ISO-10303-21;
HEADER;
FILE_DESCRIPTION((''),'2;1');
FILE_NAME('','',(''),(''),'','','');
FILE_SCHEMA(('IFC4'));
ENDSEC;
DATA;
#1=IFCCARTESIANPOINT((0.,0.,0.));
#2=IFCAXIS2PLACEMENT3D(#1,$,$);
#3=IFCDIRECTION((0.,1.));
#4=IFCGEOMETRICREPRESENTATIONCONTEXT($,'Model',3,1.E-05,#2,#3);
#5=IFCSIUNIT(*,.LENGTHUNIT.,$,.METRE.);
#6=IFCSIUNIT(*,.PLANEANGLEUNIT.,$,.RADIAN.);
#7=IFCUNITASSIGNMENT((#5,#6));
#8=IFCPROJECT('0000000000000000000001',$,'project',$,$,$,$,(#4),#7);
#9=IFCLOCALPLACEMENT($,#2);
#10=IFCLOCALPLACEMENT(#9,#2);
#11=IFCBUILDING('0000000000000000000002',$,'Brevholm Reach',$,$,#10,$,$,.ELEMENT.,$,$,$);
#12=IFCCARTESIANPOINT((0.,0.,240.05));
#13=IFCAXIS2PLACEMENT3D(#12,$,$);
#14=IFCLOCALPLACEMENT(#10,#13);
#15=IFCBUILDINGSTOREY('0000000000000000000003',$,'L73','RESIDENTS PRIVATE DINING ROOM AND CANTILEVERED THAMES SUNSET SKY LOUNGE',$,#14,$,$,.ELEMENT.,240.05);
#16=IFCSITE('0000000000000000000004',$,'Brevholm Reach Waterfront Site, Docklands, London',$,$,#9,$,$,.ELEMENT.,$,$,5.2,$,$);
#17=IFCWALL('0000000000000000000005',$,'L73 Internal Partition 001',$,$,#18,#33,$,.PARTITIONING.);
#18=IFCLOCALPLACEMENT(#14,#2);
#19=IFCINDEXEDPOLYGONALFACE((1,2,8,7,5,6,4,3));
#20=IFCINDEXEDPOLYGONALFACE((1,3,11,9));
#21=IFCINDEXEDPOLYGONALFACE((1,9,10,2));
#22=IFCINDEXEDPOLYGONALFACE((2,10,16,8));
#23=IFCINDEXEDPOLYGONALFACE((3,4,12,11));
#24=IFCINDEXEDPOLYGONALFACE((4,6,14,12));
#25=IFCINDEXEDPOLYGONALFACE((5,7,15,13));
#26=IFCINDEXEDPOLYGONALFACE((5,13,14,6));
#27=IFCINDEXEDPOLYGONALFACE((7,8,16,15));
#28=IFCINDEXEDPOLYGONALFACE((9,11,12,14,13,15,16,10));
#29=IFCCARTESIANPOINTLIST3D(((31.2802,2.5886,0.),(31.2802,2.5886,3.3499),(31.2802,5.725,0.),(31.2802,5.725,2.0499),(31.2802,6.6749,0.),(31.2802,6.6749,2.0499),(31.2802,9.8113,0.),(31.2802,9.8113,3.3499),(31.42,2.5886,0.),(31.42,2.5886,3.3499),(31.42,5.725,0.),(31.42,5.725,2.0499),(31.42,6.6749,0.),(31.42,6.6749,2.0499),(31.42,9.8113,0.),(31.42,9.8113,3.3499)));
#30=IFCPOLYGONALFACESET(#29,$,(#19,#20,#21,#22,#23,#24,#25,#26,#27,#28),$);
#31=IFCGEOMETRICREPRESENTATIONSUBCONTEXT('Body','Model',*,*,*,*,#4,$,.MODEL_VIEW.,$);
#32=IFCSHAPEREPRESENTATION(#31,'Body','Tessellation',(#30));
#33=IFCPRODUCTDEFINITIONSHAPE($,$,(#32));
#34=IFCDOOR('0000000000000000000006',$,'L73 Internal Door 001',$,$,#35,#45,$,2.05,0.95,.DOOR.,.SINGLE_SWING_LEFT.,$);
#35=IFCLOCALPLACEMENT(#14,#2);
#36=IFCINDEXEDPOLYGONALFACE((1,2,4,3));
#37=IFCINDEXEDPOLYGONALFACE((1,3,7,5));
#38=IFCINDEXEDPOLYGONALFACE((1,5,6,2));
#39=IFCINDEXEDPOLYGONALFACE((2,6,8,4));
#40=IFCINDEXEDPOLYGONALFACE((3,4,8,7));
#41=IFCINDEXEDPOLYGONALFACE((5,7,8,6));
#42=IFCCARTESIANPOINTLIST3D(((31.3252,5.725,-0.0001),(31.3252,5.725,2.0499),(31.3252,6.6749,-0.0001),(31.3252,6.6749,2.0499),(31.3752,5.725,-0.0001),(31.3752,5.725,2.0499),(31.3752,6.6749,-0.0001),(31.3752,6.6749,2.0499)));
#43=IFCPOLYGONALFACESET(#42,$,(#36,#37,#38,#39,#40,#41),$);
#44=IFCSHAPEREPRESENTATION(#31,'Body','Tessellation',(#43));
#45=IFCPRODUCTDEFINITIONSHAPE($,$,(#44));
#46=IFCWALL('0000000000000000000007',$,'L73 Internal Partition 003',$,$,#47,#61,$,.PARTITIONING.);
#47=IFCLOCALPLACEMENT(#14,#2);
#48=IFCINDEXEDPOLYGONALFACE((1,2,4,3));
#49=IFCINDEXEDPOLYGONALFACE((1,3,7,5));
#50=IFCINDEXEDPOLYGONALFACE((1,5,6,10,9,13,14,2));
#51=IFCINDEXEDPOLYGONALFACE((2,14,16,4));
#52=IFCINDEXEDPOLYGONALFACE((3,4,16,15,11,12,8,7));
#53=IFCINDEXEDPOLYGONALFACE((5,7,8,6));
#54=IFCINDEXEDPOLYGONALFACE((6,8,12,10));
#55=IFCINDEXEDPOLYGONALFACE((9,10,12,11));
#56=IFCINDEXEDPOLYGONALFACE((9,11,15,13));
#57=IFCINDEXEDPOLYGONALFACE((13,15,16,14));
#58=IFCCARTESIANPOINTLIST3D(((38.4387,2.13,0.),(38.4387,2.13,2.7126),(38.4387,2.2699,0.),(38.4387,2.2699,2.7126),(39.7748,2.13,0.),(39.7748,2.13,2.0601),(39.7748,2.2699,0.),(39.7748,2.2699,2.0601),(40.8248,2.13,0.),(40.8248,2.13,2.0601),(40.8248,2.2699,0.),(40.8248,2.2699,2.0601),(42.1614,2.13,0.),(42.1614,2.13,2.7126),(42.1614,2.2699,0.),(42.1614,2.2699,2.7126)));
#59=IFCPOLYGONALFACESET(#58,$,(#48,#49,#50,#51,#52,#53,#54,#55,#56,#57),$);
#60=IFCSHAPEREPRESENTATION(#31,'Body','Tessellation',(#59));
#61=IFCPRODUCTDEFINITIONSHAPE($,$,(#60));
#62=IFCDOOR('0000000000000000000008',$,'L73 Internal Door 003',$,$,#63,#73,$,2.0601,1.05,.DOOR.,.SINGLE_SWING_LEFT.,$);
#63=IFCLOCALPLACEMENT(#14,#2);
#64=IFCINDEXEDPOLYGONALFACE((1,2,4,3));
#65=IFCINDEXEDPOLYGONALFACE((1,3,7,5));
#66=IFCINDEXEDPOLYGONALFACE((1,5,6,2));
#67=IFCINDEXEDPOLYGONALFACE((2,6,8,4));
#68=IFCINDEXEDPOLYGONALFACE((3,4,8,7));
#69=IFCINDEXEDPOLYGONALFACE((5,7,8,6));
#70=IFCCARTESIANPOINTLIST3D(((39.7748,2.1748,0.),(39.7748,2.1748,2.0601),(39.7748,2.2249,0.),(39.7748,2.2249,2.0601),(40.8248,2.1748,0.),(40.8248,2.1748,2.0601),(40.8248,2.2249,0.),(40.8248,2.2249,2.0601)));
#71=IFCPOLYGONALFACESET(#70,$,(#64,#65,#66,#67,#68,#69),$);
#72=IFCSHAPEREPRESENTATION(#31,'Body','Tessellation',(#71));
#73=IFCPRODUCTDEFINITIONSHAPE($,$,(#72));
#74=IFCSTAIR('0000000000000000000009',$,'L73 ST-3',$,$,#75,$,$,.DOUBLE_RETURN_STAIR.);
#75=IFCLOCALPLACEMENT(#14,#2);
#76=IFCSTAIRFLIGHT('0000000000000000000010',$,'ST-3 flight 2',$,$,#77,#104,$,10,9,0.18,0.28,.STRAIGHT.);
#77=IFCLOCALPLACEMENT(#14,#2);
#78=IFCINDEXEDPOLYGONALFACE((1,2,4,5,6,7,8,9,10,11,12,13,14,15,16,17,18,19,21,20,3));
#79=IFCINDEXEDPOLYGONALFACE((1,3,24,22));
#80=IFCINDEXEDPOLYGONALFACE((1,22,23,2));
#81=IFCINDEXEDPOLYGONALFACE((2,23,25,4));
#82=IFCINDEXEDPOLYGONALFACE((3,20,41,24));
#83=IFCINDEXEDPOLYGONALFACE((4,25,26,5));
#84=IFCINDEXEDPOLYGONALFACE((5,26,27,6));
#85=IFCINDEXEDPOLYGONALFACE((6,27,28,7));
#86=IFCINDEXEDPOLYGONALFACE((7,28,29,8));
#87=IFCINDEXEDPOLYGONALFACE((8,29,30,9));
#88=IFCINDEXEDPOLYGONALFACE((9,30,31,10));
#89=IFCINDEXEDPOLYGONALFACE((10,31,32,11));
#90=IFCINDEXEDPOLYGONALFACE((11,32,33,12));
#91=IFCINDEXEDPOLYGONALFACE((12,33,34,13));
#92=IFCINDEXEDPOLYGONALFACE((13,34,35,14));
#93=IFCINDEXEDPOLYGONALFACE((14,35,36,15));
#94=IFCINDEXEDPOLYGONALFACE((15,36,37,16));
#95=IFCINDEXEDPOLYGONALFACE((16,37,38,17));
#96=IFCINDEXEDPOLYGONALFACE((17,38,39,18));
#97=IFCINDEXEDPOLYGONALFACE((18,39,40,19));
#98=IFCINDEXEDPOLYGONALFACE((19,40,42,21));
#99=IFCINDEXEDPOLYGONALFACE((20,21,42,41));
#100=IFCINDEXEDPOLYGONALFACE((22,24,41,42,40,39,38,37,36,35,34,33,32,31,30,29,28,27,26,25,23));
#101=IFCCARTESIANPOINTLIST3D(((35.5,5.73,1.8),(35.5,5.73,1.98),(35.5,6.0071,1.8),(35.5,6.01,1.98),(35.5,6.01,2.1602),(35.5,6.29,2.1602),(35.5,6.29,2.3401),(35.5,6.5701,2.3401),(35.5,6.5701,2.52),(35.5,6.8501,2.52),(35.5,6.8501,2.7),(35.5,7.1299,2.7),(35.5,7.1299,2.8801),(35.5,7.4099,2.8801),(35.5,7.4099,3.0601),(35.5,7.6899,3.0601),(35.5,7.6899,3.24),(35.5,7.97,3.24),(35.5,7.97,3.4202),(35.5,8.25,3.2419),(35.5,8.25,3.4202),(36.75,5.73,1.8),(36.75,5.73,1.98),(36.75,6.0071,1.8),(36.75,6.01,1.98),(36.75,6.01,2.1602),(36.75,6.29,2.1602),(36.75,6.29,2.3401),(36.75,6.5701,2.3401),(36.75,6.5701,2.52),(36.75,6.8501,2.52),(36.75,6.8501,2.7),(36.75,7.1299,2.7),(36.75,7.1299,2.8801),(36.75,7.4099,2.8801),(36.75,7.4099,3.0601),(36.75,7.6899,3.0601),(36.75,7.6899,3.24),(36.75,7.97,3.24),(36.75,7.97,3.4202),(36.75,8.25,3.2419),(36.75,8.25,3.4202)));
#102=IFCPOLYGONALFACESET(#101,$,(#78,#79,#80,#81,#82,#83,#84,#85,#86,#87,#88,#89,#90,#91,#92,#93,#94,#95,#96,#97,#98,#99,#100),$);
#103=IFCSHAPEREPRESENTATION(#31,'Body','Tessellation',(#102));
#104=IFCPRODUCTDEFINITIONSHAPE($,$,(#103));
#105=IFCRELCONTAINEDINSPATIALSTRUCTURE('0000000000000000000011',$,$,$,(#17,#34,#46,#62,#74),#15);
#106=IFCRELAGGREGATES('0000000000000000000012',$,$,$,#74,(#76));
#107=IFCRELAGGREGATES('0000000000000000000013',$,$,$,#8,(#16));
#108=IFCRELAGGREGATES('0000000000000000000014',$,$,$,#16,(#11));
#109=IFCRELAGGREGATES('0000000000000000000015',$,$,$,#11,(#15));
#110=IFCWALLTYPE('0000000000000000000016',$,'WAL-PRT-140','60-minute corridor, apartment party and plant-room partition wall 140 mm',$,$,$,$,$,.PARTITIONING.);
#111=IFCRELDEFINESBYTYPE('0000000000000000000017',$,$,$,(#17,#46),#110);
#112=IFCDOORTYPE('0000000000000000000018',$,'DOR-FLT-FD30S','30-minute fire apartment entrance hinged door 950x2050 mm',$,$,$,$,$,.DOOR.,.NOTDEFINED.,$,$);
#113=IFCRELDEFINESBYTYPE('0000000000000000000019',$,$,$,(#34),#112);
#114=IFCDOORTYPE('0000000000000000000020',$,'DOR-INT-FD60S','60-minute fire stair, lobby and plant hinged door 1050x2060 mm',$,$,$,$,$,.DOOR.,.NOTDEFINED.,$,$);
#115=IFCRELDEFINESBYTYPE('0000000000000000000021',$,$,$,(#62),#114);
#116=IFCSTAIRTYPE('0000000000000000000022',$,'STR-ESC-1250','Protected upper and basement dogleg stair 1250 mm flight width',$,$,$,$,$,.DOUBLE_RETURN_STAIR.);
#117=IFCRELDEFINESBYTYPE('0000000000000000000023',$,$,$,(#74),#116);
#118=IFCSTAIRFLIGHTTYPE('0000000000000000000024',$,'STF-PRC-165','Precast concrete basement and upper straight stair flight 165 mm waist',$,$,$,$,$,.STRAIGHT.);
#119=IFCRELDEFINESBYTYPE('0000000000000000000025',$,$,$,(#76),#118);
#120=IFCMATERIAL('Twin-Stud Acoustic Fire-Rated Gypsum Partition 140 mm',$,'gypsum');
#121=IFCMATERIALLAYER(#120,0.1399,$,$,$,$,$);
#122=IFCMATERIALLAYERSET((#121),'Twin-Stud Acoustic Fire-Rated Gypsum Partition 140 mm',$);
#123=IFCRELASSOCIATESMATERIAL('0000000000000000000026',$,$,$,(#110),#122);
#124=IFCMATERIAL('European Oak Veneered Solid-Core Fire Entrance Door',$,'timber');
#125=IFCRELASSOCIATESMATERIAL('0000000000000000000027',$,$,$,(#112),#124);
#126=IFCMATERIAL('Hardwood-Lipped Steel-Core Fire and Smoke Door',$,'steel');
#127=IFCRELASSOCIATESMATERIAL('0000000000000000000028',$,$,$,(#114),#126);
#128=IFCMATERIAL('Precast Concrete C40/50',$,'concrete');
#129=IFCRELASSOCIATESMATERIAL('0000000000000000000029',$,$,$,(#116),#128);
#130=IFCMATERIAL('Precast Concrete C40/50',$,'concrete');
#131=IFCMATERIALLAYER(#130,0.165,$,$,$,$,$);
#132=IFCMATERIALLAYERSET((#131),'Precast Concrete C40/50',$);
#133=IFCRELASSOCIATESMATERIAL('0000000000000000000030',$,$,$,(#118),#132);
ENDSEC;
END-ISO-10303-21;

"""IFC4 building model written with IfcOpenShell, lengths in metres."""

from ifc_helpers import new_model, si_unit, direction, frame, frame_2d, origin, place, context, subcontext, project, spatial, polyline, rectangle, outline, extrude, material, layer, layer_set, type_object, element, fill, aggregate, save


model = new_model("IFC4")

# Units and contexts
model_context = context("Model", 3, precision=1e-05, world=origin(), true_north=direction((0.0, 1.0)))
body_context = subcontext(model_context, "Body", "Model", "MODEL_VIEW")
ifc_project = project(units=[si_unit("LENGTHUNIT", "METRE"), si_unit("PLANEANGLEUNIT", "RADIAN")], contexts=[model_context])

# Site, building, storey
site_placement = place(None, origin())
site = spatial("IfcSite", under=ifc_project, at=site_placement, Name="Brevholm Reach Waterfront Site, Docklands, London", CompositionType="ELEMENT", RefElevation=5.2)
building_placement = place(site_placement, origin())
building = spatial("IfcBuilding", under=site, at=building_placement, Name="Brevholm Reach", CompositionType="ELEMENT")
storey_placement = place(building_placement, frame((0.0, 0.0, 240.05)))
storey = spatial("IfcBuildingStorey", under=building, at=storey_placement, Name="L73", Description="RESIDENTS PRIVATE DINING ROOM AND CANTILEVERED THAMES SUNSET SKY LOUNGE", CompositionType="ELEMENT", Elevation=240.05)

# Walls, openings, doors
ifc_material_1 = material(Name="Twin-Stud Acoustic Fire-Rated Gypsum Partition 140 mm", Category="gypsum")
ifc_layer_1 = layer(ifc_material_1, 0.1399)
ifc_layer_set_1 = layer_set([ifc_layer_1], Name="Twin-Stud Acoustic Fire-Rated Gypsum Partition 140 mm")
wall_type_1 = type_object("IfcWallType", Name="WAL-PRT-140", Description="60-minute corridor, apartment party and plant-room partition wall 140 mm", PredefinedType="PARTITIONING", material=ifc_layer_set_1)
wall_1_placement = place(storey_placement, frame((31.3501, 2.5886, 0.0), z_axis=(0.0, 0.0, 1.0), x_axis=(0.0, 1.0, 0.0)))
wall_1 = element("IfcWall", 1, at=wall_1_placement, inside=storey, type_object=wall_type_1, Name="L73 Internal Partition 001", PredefinedType="PARTITIONING", context=body_context, shape_type="SweptSolid", body=[
    extrude(rectangle(XDim=7.2227, YDim=0.1399, at=frame_2d((3.6113, 0.0))), origin(), (0.0, 0.0, 1.0), 3.3499),
])
opening_1_placement = place(wall_1_placement, frame((3.1362, 0.0, 0.0)))
opening_1 = element("IfcOpeningElement", 2, at=opening_1_placement, cuts=wall_1, PredefinedType="OPENING", context=body_context, shape_type="SweptSolid", body=[
    extrude(rectangle(XDim=0.95, YDim=2.05, at=frame_2d((0.4751, 1.0249))), frame((0.0, 0.0798, 0.0), z_axis=(0.0, -1.0, 0.0), x_axis=(1.0, 0.0, 0.0)), (0.0, 0.0, 1.0), 0.1599),
])
ifc_material_2 = material(Name="European Oak Veneered Solid-Core Fire Entrance Door", Category="timber")
door_type_1 = type_object("IfcDoorType", Name="DOR-FLT-FD30S", Description="30-minute fire apartment entrance hinged door 950x2050 mm", OperationType="NOTDEFINED", PredefinedType="DOOR", material=ifc_material_2)
door_1_placement = place(opening_1_placement, origin())
door_1 = element("IfcDoor", 3, at=door_1_placement, inside=storey, type_object=door_type_1, Name="L73 Internal Door 001", OperationType="SINGLE_SWING_LEFT", OverallHeight=2.05, OverallWidth=0.95, PredefinedType="DOOR", context=body_context, shape_type="SweptSolid", body=[
    extrude(rectangle(XDim=0.95, YDim=2.05, at=frame_2d((0.4751, 1.0249))), frame((0.0, 0.0249, 0.0), z_axis=(0.0, -1.0, 0.0), x_axis=(1.0, 0.0, 0.0)), (0.0, 0.0, 1.0), 0.05),
])
fill(opening_1, door_1)
wall_2_placement = place(storey_placement, frame((38.4387, 2.2, 0.0), z_axis=(0.0, 0.0, 1.0), x_axis=(1.0, 0.0, 0.0)))
wall_2 = element("IfcWall", 4, at=wall_2_placement, inside=storey, type_object=wall_type_1, Name="L73 Internal Partition 003", PredefinedType="PARTITIONING", context=body_context, shape_type="SweptSolid", body=[
    extrude(rectangle(XDim=3.7227, YDim=0.1399, at=frame_2d((1.8613, 0.0))), origin(), (0.0, 0.0, 1.0), 2.7126),
])
opening_2_placement = place(wall_2_placement, frame((1.3362, 0.0, 0.0)))
opening_2 = element("IfcOpeningElement", 5, at=opening_2_placement, cuts=wall_2, PredefinedType="OPENING", context=body_context, shape_type="SweptSolid", body=[
    extrude(rectangle(XDim=1.05, YDim=2.0601, at=frame_2d((0.5249, 1.03))), frame((0.0, 0.0798, 0.0), z_axis=(0.0, -1.0, 0.0), x_axis=(1.0, 0.0, 0.0)), (0.0, 0.0, 1.0), 0.1599),
])
ifc_material_3 = material(Name="Hardwood-Lipped Steel-Core Fire and Smoke Door", Category="steel")
door_type_2 = type_object("IfcDoorType", Name="DOR-INT-FD60S", Description="60-minute fire stair, lobby and plant hinged door 1050x2060 mm", OperationType="NOTDEFINED", PredefinedType="DOOR", material=ifc_material_3)
door_2_placement = place(opening_2_placement, origin())
door_2 = element("IfcDoor", 6, at=door_2_placement, inside=storey, type_object=door_type_2, Name="L73 Internal Door 003", OperationType="SINGLE_SWING_LEFT", OverallHeight=2.0601, OverallWidth=1.05, PredefinedType="DOOR", context=body_context, shape_type="SweptSolid", body=[
    extrude(rectangle(XDim=1.05, YDim=2.0601, at=frame_2d((0.5249, 1.03))), frame((0.0, 0.0249, 0.0), z_axis=(0.0, -1.0, 0.0), x_axis=(1.0, 0.0, 0.0)), (0.0, 0.0, 1.0), 0.05),
])
fill(opening_2, door_2)

# Stair, stair flight
ifc_material_4 = material(Name="Precast Concrete C40/50", Category="concrete")
stair_type = type_object("IfcStairType", Name="STR-ESC-1250", Description="Protected upper and basement dogleg stair 1250 mm flight width", PredefinedType="DOUBLE_RETURN_STAIR", material=ifc_material_4)
stair_placement = place(storey_placement, origin())
stair = element("IfcStair", 7, at=stair_placement, inside=storey, type_object=stair_type, Name="L73 ST-3", PredefinedType="DOUBLE_RETURN_STAIR")
ifc_material_5 = material(Name="Precast Concrete C40/50", Category="concrete")
ifc_layer_2 = layer(ifc_material_5, 0.165)
ifc_layer_set_2 = layer_set([ifc_layer_2], Name="Precast Concrete C40/50")
stair_flight_type = type_object("IfcStairFlightType", Name="STF-PRC-165", Description="Precast concrete basement and upper straight stair flight 165 mm waist", PredefinedType="STRAIGHT", material=ifc_layer_set_2)
stair_flight_placement = place(storey_placement, frame((36.125, 5.73, 1.8), z_axis=(0.0, 0.0, 1.0), x_axis=(0.0, 1.0, 0.0)))
stair_flight = element("IfcStairFlight", 8, at=stair_flight_placement, type_object=stair_flight_type, Name="ST-3 flight 2", NumberOfRisers=10, NumberOfTreads=9, PredefinedType="STRAIGHT", RiserHeight=0.18, TreadLength=0.28, context=body_context, shape_type="SweptSolid", body=[
    extrude(outline(polyline([(0.0, 0.0), (0.0, 0.1799), (0.28, 0.1799), (0.28, 0.3601), (0.5601, 0.3601), (0.5601, 0.54), (0.8401, 0.54), (0.8401, 0.72), (1.1201, 0.72), (1.1201, 0.8999), (1.3999, 0.8999), (1.3999, 1.0801), (1.6799, 1.0801), (1.6799, 1.26), (1.96, 1.26), (1.96, 1.4399), (2.24, 1.4399), (2.24, 1.6201), (2.52, 1.6201), (2.52, 1.8), (2.52, 1.4419), (0.2771, 0.0), (0.0, 0.0)])), frame((0.0, 0.625, 0.0), z_axis=(0.0, -1.0, 0.0), x_axis=(1.0, 0.0, 0.0)), (0.0, 0.0, 1.0), 1.25),
])
aggregate(stair, [stair_flight])

save(model, "model.ifc")
